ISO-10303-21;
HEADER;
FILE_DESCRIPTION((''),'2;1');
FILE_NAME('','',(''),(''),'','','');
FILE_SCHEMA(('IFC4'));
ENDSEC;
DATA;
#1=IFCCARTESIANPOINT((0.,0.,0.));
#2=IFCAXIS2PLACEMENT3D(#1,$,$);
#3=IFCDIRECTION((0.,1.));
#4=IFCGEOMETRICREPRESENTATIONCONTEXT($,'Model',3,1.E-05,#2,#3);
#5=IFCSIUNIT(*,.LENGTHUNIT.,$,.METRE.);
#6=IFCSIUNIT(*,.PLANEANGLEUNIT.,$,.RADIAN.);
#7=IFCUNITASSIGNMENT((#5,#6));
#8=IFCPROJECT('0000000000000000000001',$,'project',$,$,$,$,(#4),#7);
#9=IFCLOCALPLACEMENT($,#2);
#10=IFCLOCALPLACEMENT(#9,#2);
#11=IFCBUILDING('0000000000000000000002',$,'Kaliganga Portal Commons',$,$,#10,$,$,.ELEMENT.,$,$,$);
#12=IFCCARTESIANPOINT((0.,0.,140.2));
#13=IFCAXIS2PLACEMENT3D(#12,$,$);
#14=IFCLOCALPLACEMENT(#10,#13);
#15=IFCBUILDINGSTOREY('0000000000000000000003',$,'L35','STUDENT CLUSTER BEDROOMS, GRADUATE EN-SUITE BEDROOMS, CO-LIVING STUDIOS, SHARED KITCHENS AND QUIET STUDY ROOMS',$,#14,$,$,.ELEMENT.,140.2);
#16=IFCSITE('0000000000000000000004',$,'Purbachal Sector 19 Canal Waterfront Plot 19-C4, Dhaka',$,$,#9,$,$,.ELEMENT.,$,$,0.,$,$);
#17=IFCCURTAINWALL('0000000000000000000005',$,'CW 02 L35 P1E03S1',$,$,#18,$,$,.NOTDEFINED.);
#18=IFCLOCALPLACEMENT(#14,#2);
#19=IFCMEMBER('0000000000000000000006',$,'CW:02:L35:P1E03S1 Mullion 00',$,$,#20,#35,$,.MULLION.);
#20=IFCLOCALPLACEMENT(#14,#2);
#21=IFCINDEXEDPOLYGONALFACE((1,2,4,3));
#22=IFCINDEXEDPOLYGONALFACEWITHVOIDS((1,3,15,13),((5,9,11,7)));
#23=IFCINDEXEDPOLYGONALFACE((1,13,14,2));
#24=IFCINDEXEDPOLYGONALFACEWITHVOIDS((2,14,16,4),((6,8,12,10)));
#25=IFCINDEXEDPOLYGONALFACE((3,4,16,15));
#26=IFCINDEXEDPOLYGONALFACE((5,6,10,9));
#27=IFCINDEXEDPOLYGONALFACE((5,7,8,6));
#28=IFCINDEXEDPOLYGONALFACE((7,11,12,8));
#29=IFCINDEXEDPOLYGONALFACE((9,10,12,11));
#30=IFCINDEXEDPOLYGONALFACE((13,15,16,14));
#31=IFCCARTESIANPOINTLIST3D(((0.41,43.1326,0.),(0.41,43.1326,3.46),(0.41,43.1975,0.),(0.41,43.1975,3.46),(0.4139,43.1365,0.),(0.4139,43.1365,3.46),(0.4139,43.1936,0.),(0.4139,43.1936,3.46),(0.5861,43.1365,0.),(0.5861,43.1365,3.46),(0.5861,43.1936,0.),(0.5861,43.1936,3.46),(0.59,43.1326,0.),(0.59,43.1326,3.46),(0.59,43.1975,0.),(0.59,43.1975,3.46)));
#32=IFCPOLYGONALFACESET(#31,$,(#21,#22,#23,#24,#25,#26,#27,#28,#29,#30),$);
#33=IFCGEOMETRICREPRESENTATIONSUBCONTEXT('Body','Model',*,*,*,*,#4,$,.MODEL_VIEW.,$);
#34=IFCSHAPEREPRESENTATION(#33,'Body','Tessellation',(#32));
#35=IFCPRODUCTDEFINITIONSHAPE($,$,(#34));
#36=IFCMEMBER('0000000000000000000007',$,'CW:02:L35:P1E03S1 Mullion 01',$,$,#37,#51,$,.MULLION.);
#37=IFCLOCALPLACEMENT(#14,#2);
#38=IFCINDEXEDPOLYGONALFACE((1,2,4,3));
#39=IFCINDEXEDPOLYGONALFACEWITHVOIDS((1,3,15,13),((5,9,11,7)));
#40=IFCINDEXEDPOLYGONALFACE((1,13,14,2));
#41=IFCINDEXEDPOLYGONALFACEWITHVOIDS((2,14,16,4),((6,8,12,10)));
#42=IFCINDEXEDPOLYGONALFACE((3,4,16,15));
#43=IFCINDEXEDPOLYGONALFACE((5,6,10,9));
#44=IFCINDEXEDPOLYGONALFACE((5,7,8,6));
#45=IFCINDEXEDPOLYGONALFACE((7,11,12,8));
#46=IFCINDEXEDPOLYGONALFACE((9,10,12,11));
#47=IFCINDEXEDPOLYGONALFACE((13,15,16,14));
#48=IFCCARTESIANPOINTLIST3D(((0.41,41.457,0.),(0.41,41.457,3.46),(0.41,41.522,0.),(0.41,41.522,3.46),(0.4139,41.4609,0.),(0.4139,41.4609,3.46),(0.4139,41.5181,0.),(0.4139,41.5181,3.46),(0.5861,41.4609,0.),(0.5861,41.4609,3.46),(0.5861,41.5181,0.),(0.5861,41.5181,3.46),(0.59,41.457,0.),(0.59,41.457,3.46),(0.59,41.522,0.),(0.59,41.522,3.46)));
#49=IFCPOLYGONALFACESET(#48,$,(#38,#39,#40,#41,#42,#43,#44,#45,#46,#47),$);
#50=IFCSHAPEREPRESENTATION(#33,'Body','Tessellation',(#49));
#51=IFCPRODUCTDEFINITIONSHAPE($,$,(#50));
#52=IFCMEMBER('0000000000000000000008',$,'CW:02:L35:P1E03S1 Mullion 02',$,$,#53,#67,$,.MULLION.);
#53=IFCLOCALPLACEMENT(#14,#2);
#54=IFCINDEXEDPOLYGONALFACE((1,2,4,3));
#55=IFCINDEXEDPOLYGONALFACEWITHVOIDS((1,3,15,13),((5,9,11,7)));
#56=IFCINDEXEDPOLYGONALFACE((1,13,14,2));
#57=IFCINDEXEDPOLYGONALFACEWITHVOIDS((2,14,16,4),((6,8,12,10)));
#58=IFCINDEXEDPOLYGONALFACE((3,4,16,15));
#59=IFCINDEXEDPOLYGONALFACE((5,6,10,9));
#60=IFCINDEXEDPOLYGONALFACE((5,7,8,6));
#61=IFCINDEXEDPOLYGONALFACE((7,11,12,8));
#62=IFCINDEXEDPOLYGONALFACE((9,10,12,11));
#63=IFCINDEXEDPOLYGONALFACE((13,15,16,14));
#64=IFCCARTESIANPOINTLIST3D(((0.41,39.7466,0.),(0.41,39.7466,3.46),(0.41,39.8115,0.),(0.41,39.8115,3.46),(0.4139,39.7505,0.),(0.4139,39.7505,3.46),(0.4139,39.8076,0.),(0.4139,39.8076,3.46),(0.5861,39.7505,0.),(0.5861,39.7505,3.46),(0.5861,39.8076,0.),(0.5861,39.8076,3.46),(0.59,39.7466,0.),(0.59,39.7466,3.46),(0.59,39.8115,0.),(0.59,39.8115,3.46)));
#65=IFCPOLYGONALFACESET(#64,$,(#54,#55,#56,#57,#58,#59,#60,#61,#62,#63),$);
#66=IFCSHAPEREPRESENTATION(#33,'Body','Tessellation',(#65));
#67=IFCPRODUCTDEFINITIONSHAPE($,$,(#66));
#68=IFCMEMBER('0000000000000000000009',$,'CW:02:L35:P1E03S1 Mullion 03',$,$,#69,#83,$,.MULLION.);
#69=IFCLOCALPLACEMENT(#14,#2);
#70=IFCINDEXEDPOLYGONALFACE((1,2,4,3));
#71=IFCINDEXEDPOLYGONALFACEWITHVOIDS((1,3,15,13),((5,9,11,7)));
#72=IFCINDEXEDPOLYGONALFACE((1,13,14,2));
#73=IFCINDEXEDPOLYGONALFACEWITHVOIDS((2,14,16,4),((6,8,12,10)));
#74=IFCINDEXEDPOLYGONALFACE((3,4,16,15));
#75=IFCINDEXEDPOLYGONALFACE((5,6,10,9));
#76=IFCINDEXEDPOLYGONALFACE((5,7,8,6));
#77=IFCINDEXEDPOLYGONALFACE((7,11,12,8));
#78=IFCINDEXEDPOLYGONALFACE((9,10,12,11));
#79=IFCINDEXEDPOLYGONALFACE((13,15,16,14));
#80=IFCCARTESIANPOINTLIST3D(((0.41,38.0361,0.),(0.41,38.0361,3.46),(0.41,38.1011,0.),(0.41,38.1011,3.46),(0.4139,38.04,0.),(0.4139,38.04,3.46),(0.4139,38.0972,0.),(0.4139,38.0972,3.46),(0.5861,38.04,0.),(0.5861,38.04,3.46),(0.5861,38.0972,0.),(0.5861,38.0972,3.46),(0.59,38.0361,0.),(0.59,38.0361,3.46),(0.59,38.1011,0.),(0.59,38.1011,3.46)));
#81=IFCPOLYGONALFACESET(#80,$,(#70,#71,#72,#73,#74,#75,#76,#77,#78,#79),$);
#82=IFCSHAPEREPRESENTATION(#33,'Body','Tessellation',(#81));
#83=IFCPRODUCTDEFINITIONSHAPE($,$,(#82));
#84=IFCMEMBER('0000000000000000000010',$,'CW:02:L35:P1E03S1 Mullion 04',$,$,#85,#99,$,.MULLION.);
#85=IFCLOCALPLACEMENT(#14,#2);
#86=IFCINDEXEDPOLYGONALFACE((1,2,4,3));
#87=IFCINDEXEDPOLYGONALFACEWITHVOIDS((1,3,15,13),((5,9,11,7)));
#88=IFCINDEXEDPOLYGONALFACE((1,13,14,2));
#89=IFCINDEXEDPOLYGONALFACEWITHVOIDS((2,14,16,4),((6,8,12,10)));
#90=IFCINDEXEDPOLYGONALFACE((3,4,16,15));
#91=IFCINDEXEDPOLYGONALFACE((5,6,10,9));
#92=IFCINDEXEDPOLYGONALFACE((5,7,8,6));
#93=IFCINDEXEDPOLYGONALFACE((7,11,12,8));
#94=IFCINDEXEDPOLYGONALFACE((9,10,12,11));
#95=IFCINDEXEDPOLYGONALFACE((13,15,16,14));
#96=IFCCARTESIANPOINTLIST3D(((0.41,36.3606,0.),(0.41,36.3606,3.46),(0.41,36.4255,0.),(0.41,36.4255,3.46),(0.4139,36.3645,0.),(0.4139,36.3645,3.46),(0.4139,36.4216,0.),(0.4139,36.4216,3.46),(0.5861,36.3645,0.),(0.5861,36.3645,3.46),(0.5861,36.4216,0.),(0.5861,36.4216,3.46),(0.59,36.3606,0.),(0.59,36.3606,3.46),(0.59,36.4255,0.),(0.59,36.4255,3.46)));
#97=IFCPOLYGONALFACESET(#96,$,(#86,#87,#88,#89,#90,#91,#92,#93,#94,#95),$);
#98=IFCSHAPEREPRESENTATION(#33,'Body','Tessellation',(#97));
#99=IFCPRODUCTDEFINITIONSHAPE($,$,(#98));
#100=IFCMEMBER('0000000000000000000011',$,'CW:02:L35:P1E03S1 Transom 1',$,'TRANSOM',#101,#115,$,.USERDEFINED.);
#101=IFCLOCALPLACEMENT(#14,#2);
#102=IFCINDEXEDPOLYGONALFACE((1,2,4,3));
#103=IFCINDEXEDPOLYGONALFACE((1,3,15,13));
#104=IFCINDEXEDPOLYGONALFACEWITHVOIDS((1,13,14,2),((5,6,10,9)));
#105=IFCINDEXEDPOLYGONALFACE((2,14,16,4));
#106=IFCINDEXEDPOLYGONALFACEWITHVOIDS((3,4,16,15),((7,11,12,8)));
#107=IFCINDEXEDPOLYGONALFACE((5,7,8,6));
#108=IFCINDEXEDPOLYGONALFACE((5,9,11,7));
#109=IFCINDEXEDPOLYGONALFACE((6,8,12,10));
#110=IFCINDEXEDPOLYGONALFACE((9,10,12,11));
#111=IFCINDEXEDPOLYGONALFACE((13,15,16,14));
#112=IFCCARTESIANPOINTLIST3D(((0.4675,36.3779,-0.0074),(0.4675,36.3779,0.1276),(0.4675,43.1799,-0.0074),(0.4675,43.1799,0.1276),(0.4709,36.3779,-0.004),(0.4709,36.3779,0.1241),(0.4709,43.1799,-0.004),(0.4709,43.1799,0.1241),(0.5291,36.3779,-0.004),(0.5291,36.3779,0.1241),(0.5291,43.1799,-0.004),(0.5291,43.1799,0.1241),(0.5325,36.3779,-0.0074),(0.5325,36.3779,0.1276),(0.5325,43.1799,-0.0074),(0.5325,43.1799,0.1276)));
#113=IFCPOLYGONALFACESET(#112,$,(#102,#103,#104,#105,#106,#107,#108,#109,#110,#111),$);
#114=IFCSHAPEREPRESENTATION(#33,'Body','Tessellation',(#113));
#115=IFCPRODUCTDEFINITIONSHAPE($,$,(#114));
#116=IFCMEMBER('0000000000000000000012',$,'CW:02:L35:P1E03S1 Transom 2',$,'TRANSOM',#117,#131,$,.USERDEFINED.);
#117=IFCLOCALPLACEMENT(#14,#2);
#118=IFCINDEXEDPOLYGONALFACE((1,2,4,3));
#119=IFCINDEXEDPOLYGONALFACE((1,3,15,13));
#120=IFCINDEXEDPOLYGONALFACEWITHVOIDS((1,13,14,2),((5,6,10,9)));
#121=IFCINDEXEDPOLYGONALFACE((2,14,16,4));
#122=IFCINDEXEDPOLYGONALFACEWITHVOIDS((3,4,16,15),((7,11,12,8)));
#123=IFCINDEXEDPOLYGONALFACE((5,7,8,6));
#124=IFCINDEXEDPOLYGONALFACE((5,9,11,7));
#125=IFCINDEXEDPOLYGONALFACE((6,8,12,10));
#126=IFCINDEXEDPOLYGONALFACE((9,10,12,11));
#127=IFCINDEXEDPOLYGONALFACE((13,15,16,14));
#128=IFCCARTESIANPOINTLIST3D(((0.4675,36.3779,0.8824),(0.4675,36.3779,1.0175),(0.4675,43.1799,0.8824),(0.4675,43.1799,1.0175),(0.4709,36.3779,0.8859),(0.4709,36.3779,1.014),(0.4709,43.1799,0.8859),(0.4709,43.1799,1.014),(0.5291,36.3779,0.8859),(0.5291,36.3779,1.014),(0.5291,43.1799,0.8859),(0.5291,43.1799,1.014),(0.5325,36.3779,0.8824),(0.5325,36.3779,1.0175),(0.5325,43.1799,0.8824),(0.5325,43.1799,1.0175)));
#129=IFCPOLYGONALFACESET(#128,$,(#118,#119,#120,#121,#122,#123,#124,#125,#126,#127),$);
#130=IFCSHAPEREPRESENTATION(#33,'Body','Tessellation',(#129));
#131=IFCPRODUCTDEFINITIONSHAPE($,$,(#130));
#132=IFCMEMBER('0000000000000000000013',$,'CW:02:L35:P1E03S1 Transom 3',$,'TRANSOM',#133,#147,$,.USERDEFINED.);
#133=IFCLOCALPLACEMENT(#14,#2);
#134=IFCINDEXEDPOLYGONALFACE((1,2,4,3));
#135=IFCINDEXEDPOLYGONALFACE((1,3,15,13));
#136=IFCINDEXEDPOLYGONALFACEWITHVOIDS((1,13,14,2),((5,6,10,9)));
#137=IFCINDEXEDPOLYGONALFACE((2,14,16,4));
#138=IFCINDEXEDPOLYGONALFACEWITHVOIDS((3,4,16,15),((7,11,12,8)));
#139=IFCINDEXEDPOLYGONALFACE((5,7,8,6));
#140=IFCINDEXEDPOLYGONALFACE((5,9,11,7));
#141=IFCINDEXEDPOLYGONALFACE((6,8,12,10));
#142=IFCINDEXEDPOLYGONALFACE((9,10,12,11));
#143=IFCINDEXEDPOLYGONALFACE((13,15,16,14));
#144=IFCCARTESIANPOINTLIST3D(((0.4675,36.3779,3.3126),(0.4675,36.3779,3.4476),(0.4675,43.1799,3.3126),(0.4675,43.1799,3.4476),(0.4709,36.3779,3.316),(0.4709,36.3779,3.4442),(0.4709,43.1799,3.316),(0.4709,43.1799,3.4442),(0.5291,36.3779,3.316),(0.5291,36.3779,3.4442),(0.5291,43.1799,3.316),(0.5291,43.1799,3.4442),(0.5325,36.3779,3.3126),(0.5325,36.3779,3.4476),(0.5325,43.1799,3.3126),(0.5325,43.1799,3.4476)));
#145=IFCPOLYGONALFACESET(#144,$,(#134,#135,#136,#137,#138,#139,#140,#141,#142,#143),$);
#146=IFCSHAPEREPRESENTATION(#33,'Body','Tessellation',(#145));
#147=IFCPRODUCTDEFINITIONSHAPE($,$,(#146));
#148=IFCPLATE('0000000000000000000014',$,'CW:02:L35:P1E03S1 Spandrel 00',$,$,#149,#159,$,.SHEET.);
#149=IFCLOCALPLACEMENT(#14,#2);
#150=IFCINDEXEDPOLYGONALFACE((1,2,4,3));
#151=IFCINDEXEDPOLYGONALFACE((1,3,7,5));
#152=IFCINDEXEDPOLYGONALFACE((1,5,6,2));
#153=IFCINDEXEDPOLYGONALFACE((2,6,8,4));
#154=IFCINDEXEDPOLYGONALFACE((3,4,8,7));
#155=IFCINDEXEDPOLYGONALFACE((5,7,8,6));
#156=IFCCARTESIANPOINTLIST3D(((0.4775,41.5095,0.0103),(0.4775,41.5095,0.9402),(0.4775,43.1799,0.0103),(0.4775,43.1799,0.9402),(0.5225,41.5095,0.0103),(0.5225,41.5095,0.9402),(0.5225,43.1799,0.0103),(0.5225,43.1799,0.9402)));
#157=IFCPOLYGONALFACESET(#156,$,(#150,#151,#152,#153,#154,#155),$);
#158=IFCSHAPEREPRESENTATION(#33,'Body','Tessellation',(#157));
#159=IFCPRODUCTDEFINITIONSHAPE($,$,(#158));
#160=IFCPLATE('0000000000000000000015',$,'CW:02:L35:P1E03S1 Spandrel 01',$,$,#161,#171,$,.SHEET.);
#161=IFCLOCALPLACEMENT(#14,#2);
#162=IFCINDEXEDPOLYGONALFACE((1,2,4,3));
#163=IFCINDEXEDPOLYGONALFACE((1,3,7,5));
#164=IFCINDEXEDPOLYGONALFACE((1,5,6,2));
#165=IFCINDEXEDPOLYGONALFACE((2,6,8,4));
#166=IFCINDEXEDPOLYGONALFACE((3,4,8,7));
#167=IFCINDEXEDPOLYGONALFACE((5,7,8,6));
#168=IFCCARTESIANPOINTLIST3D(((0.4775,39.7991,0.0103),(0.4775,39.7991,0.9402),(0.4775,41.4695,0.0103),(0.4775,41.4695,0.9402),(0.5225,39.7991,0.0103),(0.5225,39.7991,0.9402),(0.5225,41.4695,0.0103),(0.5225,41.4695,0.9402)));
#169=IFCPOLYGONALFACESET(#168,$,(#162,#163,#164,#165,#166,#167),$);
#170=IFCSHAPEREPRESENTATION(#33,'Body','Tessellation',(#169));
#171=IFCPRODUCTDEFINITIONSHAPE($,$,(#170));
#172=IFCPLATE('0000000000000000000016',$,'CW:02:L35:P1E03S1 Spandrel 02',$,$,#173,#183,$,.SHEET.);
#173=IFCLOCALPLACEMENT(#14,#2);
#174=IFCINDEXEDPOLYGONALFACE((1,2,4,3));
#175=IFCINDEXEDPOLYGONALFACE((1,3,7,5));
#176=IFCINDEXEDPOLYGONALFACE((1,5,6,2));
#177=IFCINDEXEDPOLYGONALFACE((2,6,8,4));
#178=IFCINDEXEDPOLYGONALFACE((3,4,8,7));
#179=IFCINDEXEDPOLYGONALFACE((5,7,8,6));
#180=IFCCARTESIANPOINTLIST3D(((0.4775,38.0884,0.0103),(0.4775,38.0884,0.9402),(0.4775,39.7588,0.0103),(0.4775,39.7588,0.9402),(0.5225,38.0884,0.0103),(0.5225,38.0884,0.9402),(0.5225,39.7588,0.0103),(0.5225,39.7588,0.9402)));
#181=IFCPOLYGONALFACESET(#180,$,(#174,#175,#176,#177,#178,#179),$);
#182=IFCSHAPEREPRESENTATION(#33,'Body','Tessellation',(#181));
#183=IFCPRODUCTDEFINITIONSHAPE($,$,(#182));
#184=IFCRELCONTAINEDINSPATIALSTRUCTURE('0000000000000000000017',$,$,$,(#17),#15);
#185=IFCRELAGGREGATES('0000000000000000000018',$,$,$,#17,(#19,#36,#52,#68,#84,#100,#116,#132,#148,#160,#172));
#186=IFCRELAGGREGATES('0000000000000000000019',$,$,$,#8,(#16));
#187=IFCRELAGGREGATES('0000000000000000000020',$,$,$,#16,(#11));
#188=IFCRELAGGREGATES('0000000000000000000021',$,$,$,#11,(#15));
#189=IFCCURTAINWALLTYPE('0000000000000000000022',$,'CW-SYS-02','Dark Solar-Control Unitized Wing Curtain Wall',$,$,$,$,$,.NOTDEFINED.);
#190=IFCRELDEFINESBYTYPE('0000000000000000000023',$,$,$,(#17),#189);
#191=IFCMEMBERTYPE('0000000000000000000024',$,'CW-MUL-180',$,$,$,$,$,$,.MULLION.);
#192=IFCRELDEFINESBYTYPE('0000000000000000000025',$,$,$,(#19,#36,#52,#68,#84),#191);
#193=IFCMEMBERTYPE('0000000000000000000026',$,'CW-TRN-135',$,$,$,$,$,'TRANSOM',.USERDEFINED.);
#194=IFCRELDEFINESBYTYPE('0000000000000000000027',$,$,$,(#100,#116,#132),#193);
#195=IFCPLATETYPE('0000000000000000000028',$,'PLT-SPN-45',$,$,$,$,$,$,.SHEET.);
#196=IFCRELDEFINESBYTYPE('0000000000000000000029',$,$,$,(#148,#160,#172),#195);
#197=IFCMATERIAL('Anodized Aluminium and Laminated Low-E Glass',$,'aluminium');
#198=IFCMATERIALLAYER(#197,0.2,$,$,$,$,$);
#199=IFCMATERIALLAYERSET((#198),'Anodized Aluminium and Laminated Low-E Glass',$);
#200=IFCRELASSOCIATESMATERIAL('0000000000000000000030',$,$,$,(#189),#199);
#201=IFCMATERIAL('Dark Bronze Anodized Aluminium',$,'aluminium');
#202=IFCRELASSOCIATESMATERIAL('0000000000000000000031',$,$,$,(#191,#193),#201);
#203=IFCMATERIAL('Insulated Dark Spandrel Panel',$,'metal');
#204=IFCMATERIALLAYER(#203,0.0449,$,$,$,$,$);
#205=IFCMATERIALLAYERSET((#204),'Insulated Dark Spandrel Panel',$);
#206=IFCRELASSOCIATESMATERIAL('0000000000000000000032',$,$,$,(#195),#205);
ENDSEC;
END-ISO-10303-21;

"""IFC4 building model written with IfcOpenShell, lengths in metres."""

from ifc_helpers import new_model, si_unit, direction, frame, origin, origin_2d, place, context, subcontext, project, spatial, rectangle, hollow_rectangle, extrude, source, transform, mapped, material, layer, layer_set, material_profile, profile_set, type_object, element, aggregate, save


model = new_model("IFC4")

# Units and contexts
model_context = context("Model", 3, precision=1e-05, world=origin(), true_north=direction((0.0, 1.0)))
body_context = subcontext(model_context, "Body", "Model", "MODEL_VIEW")
ifc_project = project(units=[si_unit("LENGTHUNIT", "METRE"), si_unit("PLANEANGLEUNIT", "RADIAN")], contexts=[model_context])

# Site, building, storey
site_placement = place(None, origin())
site = spatial("IfcSite", under=ifc_project, at=site_placement, Name="Purbachal Sector 19 Canal Waterfront Plot 19-C4, Dhaka", CompositionType="ELEMENT", RefElevation=0.0)
building_placement = place(site_placement, origin())
building = spatial("IfcBuilding", under=site, at=building_placement, Name="Kaliganga Portal Commons", CompositionType="ELEMENT")
storey_placement = place(building_placement, frame((0.0, 0.0, 140.2)))
storey = spatial("IfcBuildingStorey", under=building, at=storey_placement, Name="L35", Description="STUDENT CLUSTER BEDROOMS, GRADUATE EN-SUITE BEDROOMS, CO-LIVING STUDIOS, SHARED KITCHENS AND QUIET STUDY ROOMS", CompositionType="ELEMENT", Elevation=140.2)

# Curtain wall, members, plates
ifc_material_1 = material(Name="Anodized Aluminium and Laminated Low-E Glass", Category="aluminium")
ifc_layer_1 = layer(ifc_material_1, 0.2)
ifc_layer_set_1 = layer_set([ifc_layer_1], Name="Anodized Aluminium and Laminated Low-E Glass")
curtain_wall_type = type_object("IfcCurtainWallType", Name="CW-SYS-02", Description="Dark Solar-Control Unitized Wing Curtain Wall", PredefinedType="NOTDEFINED", material=ifc_layer_set_1)
curtain_wall_placement = place(storey_placement, origin())
curtain_wall = element("IfcCurtainWall", 1, at=curtain_wall_placement, inside=storey, type_object=curtain_wall_type, Name="CW 02 L35 P1E03S1", PredefinedType="NOTDEFINED")
ifc_material_2 = material(Name="Dark Bronze Anodized Aluminium", Category="aluminium")
ifc_material_profile_1 = material_profile(ifc_material_2, hollow_rectangle(XDim=0.0649, YDim=0.1799, WallThickness=0.0039, at=origin_2d()), Name="ALU MULL 65x180x4")
ifc_profile_set_1 = profile_set([ifc_material_profile_1], Name="Dark Bronze Anodized Aluminium")
member_type_1 = type_object("IfcMemberType", Name="CW-MUL-180", PredefinedType="MULLION", material=ifc_profile_set_1)
shared_shape_1 = source(origin(), body_context, "Body", "SweptSolid", [
    extrude(hollow_rectangle(XDim=0.0649, YDim=0.1799, WallThickness=0.0039, at=origin_2d()), origin(), (0.0, 0.0, 1.0), 3.46),
])
member_1_placement = place(storey_placement, frame((0.5, 43.165, 0.0), z_axis=(0.0, 0.0, 1.0), x_axis=(0.0, -1.0, 0.0)))
member_1 = element("IfcMember", 2, at=member_1_placement, type_object=member_type_1, Name="CW:02:L35:P1E03S1 Mullion 00", PredefinedType="MULLION", context=body_context, shape_type="MappedRepresentation", body=[
    mapped(shared_shape_1, transform((0.0, 0.0, 0.0), x_axis=(1.0, 0.0, 0.0), y_axis=(0.0, 1.0, 0.0), z_axis=(0.0, 0.0, 1.0), scale=1.0)),
])
member_2_placement = place(storey_placement, frame((0.5, 41.4895, 0.0), z_axis=(0.0, 0.0, 1.0), x_axis=(0.0, -1.0, 0.0)))
member_2 = element("IfcMember", 3, at=member_2_placement, type_object=member_type_1, Name="CW:02:L35:P1E03S1 Mullion 01", PredefinedType="MULLION", context=body_context, shape_type="MappedRepresentation", body=[
    mapped(shared_shape_1, transform((0.0, 0.0, 0.0), x_axis=(1.0, 0.0, 0.0), y_axis=(0.0, 1.0, 0.0), z_axis=(0.0, 0.0, 1.0), scale=1.0)),
])
member_3_placement = place(storey_placement, frame((0.5, 39.7791, 0.0), z_axis=(0.0, 0.0, 1.0), x_axis=(0.0, -1.0, 0.0)))
member_3 = element("IfcMember", 4, at=member_3_placement, type_object=member_type_1, Name="CW:02:L35:P1E03S1 Mullion 02", PredefinedType="MULLION", context=body_context, shape_type="MappedRepresentation", body=[
    mapped(shared_shape_1, transform((0.0, 0.0, 0.0), x_axis=(1.0, 0.0, 0.0), y_axis=(0.0, 1.0, 0.0), z_axis=(0.0, 0.0, 1.0), scale=1.0)),
])
member_4_placement = place(storey_placement, frame((0.5, 38.0686, 0.0), z_axis=(0.0, 0.0, 1.0), x_axis=(0.0, -1.0, 0.0)))
member_4 = element("IfcMember", 5, at=member_4_placement, type_object=member_type_1, Name="CW:02:L35:P1E03S1 Mullion 03", PredefinedType="MULLION", context=body_context, shape_type="MappedRepresentation", body=[
    mapped(shared_shape_1, transform((0.0, 0.0, 0.0), x_axis=(1.0, 0.0, 0.0), y_axis=(0.0, 1.0, 0.0), z_axis=(0.0, 0.0, 1.0), scale=1.0)),
])
member_5_placement = place(storey_placement, frame((0.5, 36.3931, 0.0), z_axis=(0.0, 0.0, 1.0), x_axis=(0.0, -1.0, 0.0)))
member_5 = element("IfcMember", 6, at=member_5_placement, type_object=member_type_1, Name="CW:02:L35:P1E03S1 Mullion 04", PredefinedType="MULLION", context=body_context, shape_type="MappedRepresentation", body=[
    mapped(shared_shape_1, transform((0.0, 0.0, 0.0), x_axis=(1.0, 0.0, 0.0), y_axis=(0.0, 1.0, 0.0), z_axis=(0.0, 0.0, 1.0), scale=1.0)),
])
ifc_material_profile_2 = material_profile(ifc_material_2, hollow_rectangle(XDim=0.0649, YDim=0.135, WallThickness=0.0034, at=origin_2d()), Name="ALU TRAN 65x135x3.5")
ifc_profile_set_2 = profile_set([ifc_material_profile_2], Name="Dark Bronze Anodized Aluminium")
member_type_2 = type_object("IfcMemberType", Name="CW-TRN-135", ElementType="TRANSOM", PredefinedType="USERDEFINED", material=ifc_profile_set_2)
shared_shape_2 = source(origin(), body_context, "Body", "SweptSolid", [
    extrude(hollow_rectangle(XDim=0.0649, YDim=0.135, WallThickness=0.0034, at=origin_2d()), origin(), (0.0, 0.0, 1.0), 6.802),
])
member_6_placement = place(storey_placement, frame((0.5, 43.1799, 0.0601), z_axis=(0.0, -1.0, 0.0), x_axis=(1.0, 0.0, 0.0)))
member_6 = element("IfcMember", 7, at=member_6_placement, type_object=member_type_2, Name="CW:02:L35:P1E03S1 Transom 1", ObjectType="TRANSOM", PredefinedType="USERDEFINED", context=body_context, shape_type="MappedRepresentation", body=[
    mapped(shared_shape_2, transform((0.0, 0.0, 0.0), x_axis=(1.0, 0.0, 0.0), y_axis=(0.0, 1.0, 0.0), z_axis=(0.0, 0.0, 1.0), scale=1.0)),
])
member_7_placement = place(storey_placement, frame((0.5, 43.1799, 0.95), z_axis=(0.0, -1.0, 0.0), x_axis=(1.0, 0.0, 0.0)))
member_7 = element("IfcMember", 8, at=member_7_placement, type_object=member_type_2, Name="CW:02:L35:P1E03S1 Transom 2", ObjectType="TRANSOM", PredefinedType="USERDEFINED", context=body_context, shape_type="MappedRepresentation", body=[
    mapped(shared_shape_2, transform((0.0, 0.0, 0.0), x_axis=(1.0, 0.0, 0.0), y_axis=(0.0, 1.0, 0.0), z_axis=(0.0, 0.0, 1.0), scale=1.0)),
])
member_8_placement = place(storey_placement, frame((0.5, 43.1799, 3.3801), z_axis=(0.0, -1.0, 0.0), x_axis=(1.0, 0.0, 0.0)))
member_8 = element("IfcMember", 9, at=member_8_placement, type_object=member_type_2, Name="CW:02:L35:P1E03S1 Transom 3", ObjectType="TRANSOM", PredefinedType="USERDEFINED", context=body_context, shape_type="MappedRepresentation", body=[
    mapped(shared_shape_2, transform((0.0, 0.0, 0.0), x_axis=(1.0, 0.0, 0.0), y_axis=(0.0, 1.0, 0.0), z_axis=(0.0, 0.0, 1.0), scale=1.0)),
])
ifc_material_3 = material(Name="Insulated Dark Spandrel Panel", Category="metal")
ifc_layer_2 = layer(ifc_material_3, 0.0449)
ifc_layer_set_2 = layer_set([ifc_layer_2], Name="Insulated Dark Spandrel Panel")
plate_type_1 = type_object("IfcPlateType", Name="PLT-SPN-45", PredefinedType="SHEET", material=ifc_layer_set_2)
shared_shape_3 = source(origin(), body_context, "Body", "SweptSolid", [
    extrude(rectangle(XDim=1.6704, YDim=0.0449, at=origin_2d()), origin(), (0.0, 0.0, 1.0), 0.9299),
])
plate_1_placement = place(storey_placement, frame((0.5, 42.3447, 0.0103), z_axis=(0.0, 0.0, 1.0), x_axis=(0.0, -1.0, 0.0)))
plate_1 = element("IfcPlate", 10, at=plate_1_placement, type_object=plate_type_1, Name="CW:02:L35:P1E03S1 Spandrel 00", PredefinedType="SHEET", context=body_context, shape_type="MappedRepresentation", body=[
    mapped(shared_shape_3, transform((0.0, 0.0, 0.0), x_axis=(1.0, 0.0, 0.0), y_axis=(0.0, 1.0, 0.0), z_axis=(0.0, 0.0, 1.0), scale=1.0)),
])
plate_2_placement = place(storey_placement, frame((0.5, 40.6343, 0.0103), z_axis=(0.0, 0.0, 1.0), x_axis=(0.0, -1.0, 0.0)))
plate_2 = element("IfcPlate", 11, at=plate_2_placement, type_object=plate_type_1, Name="CW:02:L35:P1E03S1 Spandrel 01", PredefinedType="SHEET", context=body_context, shape_type="MappedRepresentation", body=[
    mapped(shared_shape_3, transform((0.0, 0.0, 0.0), x_axis=(1.0, 0.0, 0.0), y_axis=(0.0, 1.0, 0.0), z_axis=(0.0, 0.0, 1.0), scale=1.0)),
])
plate_3_placement = place(storey_placement, frame((0.5, 38.9236, 0.0103), z_axis=(0.0, 0.0, 1.0), x_axis=(0.0, -1.0, 0.0)))
plate_3 = element("IfcPlate", 12, at=plate_3_placement, type_object=plate_type_1, Name="CW:02:L35:P1E03S1 Spandrel 02", PredefinedType="SHEET", context=body_context, shape_type="MappedRepresentation", body=[
    mapped(shared_shape_3, transform((0.0, 0.0, 0.0), x_axis=(1.0, 0.0, 0.0), y_axis=(0.0, 1.0, 0.0), z_axis=(0.0, 0.0, 1.0), scale=1.0)),
])
aggregate(curtain_wall, [member_1, member_2, member_3, member_4, member_5, member_6, member_7, member_8, plate_1, plate_2, plate_3])

save(model, "model.ifc")
